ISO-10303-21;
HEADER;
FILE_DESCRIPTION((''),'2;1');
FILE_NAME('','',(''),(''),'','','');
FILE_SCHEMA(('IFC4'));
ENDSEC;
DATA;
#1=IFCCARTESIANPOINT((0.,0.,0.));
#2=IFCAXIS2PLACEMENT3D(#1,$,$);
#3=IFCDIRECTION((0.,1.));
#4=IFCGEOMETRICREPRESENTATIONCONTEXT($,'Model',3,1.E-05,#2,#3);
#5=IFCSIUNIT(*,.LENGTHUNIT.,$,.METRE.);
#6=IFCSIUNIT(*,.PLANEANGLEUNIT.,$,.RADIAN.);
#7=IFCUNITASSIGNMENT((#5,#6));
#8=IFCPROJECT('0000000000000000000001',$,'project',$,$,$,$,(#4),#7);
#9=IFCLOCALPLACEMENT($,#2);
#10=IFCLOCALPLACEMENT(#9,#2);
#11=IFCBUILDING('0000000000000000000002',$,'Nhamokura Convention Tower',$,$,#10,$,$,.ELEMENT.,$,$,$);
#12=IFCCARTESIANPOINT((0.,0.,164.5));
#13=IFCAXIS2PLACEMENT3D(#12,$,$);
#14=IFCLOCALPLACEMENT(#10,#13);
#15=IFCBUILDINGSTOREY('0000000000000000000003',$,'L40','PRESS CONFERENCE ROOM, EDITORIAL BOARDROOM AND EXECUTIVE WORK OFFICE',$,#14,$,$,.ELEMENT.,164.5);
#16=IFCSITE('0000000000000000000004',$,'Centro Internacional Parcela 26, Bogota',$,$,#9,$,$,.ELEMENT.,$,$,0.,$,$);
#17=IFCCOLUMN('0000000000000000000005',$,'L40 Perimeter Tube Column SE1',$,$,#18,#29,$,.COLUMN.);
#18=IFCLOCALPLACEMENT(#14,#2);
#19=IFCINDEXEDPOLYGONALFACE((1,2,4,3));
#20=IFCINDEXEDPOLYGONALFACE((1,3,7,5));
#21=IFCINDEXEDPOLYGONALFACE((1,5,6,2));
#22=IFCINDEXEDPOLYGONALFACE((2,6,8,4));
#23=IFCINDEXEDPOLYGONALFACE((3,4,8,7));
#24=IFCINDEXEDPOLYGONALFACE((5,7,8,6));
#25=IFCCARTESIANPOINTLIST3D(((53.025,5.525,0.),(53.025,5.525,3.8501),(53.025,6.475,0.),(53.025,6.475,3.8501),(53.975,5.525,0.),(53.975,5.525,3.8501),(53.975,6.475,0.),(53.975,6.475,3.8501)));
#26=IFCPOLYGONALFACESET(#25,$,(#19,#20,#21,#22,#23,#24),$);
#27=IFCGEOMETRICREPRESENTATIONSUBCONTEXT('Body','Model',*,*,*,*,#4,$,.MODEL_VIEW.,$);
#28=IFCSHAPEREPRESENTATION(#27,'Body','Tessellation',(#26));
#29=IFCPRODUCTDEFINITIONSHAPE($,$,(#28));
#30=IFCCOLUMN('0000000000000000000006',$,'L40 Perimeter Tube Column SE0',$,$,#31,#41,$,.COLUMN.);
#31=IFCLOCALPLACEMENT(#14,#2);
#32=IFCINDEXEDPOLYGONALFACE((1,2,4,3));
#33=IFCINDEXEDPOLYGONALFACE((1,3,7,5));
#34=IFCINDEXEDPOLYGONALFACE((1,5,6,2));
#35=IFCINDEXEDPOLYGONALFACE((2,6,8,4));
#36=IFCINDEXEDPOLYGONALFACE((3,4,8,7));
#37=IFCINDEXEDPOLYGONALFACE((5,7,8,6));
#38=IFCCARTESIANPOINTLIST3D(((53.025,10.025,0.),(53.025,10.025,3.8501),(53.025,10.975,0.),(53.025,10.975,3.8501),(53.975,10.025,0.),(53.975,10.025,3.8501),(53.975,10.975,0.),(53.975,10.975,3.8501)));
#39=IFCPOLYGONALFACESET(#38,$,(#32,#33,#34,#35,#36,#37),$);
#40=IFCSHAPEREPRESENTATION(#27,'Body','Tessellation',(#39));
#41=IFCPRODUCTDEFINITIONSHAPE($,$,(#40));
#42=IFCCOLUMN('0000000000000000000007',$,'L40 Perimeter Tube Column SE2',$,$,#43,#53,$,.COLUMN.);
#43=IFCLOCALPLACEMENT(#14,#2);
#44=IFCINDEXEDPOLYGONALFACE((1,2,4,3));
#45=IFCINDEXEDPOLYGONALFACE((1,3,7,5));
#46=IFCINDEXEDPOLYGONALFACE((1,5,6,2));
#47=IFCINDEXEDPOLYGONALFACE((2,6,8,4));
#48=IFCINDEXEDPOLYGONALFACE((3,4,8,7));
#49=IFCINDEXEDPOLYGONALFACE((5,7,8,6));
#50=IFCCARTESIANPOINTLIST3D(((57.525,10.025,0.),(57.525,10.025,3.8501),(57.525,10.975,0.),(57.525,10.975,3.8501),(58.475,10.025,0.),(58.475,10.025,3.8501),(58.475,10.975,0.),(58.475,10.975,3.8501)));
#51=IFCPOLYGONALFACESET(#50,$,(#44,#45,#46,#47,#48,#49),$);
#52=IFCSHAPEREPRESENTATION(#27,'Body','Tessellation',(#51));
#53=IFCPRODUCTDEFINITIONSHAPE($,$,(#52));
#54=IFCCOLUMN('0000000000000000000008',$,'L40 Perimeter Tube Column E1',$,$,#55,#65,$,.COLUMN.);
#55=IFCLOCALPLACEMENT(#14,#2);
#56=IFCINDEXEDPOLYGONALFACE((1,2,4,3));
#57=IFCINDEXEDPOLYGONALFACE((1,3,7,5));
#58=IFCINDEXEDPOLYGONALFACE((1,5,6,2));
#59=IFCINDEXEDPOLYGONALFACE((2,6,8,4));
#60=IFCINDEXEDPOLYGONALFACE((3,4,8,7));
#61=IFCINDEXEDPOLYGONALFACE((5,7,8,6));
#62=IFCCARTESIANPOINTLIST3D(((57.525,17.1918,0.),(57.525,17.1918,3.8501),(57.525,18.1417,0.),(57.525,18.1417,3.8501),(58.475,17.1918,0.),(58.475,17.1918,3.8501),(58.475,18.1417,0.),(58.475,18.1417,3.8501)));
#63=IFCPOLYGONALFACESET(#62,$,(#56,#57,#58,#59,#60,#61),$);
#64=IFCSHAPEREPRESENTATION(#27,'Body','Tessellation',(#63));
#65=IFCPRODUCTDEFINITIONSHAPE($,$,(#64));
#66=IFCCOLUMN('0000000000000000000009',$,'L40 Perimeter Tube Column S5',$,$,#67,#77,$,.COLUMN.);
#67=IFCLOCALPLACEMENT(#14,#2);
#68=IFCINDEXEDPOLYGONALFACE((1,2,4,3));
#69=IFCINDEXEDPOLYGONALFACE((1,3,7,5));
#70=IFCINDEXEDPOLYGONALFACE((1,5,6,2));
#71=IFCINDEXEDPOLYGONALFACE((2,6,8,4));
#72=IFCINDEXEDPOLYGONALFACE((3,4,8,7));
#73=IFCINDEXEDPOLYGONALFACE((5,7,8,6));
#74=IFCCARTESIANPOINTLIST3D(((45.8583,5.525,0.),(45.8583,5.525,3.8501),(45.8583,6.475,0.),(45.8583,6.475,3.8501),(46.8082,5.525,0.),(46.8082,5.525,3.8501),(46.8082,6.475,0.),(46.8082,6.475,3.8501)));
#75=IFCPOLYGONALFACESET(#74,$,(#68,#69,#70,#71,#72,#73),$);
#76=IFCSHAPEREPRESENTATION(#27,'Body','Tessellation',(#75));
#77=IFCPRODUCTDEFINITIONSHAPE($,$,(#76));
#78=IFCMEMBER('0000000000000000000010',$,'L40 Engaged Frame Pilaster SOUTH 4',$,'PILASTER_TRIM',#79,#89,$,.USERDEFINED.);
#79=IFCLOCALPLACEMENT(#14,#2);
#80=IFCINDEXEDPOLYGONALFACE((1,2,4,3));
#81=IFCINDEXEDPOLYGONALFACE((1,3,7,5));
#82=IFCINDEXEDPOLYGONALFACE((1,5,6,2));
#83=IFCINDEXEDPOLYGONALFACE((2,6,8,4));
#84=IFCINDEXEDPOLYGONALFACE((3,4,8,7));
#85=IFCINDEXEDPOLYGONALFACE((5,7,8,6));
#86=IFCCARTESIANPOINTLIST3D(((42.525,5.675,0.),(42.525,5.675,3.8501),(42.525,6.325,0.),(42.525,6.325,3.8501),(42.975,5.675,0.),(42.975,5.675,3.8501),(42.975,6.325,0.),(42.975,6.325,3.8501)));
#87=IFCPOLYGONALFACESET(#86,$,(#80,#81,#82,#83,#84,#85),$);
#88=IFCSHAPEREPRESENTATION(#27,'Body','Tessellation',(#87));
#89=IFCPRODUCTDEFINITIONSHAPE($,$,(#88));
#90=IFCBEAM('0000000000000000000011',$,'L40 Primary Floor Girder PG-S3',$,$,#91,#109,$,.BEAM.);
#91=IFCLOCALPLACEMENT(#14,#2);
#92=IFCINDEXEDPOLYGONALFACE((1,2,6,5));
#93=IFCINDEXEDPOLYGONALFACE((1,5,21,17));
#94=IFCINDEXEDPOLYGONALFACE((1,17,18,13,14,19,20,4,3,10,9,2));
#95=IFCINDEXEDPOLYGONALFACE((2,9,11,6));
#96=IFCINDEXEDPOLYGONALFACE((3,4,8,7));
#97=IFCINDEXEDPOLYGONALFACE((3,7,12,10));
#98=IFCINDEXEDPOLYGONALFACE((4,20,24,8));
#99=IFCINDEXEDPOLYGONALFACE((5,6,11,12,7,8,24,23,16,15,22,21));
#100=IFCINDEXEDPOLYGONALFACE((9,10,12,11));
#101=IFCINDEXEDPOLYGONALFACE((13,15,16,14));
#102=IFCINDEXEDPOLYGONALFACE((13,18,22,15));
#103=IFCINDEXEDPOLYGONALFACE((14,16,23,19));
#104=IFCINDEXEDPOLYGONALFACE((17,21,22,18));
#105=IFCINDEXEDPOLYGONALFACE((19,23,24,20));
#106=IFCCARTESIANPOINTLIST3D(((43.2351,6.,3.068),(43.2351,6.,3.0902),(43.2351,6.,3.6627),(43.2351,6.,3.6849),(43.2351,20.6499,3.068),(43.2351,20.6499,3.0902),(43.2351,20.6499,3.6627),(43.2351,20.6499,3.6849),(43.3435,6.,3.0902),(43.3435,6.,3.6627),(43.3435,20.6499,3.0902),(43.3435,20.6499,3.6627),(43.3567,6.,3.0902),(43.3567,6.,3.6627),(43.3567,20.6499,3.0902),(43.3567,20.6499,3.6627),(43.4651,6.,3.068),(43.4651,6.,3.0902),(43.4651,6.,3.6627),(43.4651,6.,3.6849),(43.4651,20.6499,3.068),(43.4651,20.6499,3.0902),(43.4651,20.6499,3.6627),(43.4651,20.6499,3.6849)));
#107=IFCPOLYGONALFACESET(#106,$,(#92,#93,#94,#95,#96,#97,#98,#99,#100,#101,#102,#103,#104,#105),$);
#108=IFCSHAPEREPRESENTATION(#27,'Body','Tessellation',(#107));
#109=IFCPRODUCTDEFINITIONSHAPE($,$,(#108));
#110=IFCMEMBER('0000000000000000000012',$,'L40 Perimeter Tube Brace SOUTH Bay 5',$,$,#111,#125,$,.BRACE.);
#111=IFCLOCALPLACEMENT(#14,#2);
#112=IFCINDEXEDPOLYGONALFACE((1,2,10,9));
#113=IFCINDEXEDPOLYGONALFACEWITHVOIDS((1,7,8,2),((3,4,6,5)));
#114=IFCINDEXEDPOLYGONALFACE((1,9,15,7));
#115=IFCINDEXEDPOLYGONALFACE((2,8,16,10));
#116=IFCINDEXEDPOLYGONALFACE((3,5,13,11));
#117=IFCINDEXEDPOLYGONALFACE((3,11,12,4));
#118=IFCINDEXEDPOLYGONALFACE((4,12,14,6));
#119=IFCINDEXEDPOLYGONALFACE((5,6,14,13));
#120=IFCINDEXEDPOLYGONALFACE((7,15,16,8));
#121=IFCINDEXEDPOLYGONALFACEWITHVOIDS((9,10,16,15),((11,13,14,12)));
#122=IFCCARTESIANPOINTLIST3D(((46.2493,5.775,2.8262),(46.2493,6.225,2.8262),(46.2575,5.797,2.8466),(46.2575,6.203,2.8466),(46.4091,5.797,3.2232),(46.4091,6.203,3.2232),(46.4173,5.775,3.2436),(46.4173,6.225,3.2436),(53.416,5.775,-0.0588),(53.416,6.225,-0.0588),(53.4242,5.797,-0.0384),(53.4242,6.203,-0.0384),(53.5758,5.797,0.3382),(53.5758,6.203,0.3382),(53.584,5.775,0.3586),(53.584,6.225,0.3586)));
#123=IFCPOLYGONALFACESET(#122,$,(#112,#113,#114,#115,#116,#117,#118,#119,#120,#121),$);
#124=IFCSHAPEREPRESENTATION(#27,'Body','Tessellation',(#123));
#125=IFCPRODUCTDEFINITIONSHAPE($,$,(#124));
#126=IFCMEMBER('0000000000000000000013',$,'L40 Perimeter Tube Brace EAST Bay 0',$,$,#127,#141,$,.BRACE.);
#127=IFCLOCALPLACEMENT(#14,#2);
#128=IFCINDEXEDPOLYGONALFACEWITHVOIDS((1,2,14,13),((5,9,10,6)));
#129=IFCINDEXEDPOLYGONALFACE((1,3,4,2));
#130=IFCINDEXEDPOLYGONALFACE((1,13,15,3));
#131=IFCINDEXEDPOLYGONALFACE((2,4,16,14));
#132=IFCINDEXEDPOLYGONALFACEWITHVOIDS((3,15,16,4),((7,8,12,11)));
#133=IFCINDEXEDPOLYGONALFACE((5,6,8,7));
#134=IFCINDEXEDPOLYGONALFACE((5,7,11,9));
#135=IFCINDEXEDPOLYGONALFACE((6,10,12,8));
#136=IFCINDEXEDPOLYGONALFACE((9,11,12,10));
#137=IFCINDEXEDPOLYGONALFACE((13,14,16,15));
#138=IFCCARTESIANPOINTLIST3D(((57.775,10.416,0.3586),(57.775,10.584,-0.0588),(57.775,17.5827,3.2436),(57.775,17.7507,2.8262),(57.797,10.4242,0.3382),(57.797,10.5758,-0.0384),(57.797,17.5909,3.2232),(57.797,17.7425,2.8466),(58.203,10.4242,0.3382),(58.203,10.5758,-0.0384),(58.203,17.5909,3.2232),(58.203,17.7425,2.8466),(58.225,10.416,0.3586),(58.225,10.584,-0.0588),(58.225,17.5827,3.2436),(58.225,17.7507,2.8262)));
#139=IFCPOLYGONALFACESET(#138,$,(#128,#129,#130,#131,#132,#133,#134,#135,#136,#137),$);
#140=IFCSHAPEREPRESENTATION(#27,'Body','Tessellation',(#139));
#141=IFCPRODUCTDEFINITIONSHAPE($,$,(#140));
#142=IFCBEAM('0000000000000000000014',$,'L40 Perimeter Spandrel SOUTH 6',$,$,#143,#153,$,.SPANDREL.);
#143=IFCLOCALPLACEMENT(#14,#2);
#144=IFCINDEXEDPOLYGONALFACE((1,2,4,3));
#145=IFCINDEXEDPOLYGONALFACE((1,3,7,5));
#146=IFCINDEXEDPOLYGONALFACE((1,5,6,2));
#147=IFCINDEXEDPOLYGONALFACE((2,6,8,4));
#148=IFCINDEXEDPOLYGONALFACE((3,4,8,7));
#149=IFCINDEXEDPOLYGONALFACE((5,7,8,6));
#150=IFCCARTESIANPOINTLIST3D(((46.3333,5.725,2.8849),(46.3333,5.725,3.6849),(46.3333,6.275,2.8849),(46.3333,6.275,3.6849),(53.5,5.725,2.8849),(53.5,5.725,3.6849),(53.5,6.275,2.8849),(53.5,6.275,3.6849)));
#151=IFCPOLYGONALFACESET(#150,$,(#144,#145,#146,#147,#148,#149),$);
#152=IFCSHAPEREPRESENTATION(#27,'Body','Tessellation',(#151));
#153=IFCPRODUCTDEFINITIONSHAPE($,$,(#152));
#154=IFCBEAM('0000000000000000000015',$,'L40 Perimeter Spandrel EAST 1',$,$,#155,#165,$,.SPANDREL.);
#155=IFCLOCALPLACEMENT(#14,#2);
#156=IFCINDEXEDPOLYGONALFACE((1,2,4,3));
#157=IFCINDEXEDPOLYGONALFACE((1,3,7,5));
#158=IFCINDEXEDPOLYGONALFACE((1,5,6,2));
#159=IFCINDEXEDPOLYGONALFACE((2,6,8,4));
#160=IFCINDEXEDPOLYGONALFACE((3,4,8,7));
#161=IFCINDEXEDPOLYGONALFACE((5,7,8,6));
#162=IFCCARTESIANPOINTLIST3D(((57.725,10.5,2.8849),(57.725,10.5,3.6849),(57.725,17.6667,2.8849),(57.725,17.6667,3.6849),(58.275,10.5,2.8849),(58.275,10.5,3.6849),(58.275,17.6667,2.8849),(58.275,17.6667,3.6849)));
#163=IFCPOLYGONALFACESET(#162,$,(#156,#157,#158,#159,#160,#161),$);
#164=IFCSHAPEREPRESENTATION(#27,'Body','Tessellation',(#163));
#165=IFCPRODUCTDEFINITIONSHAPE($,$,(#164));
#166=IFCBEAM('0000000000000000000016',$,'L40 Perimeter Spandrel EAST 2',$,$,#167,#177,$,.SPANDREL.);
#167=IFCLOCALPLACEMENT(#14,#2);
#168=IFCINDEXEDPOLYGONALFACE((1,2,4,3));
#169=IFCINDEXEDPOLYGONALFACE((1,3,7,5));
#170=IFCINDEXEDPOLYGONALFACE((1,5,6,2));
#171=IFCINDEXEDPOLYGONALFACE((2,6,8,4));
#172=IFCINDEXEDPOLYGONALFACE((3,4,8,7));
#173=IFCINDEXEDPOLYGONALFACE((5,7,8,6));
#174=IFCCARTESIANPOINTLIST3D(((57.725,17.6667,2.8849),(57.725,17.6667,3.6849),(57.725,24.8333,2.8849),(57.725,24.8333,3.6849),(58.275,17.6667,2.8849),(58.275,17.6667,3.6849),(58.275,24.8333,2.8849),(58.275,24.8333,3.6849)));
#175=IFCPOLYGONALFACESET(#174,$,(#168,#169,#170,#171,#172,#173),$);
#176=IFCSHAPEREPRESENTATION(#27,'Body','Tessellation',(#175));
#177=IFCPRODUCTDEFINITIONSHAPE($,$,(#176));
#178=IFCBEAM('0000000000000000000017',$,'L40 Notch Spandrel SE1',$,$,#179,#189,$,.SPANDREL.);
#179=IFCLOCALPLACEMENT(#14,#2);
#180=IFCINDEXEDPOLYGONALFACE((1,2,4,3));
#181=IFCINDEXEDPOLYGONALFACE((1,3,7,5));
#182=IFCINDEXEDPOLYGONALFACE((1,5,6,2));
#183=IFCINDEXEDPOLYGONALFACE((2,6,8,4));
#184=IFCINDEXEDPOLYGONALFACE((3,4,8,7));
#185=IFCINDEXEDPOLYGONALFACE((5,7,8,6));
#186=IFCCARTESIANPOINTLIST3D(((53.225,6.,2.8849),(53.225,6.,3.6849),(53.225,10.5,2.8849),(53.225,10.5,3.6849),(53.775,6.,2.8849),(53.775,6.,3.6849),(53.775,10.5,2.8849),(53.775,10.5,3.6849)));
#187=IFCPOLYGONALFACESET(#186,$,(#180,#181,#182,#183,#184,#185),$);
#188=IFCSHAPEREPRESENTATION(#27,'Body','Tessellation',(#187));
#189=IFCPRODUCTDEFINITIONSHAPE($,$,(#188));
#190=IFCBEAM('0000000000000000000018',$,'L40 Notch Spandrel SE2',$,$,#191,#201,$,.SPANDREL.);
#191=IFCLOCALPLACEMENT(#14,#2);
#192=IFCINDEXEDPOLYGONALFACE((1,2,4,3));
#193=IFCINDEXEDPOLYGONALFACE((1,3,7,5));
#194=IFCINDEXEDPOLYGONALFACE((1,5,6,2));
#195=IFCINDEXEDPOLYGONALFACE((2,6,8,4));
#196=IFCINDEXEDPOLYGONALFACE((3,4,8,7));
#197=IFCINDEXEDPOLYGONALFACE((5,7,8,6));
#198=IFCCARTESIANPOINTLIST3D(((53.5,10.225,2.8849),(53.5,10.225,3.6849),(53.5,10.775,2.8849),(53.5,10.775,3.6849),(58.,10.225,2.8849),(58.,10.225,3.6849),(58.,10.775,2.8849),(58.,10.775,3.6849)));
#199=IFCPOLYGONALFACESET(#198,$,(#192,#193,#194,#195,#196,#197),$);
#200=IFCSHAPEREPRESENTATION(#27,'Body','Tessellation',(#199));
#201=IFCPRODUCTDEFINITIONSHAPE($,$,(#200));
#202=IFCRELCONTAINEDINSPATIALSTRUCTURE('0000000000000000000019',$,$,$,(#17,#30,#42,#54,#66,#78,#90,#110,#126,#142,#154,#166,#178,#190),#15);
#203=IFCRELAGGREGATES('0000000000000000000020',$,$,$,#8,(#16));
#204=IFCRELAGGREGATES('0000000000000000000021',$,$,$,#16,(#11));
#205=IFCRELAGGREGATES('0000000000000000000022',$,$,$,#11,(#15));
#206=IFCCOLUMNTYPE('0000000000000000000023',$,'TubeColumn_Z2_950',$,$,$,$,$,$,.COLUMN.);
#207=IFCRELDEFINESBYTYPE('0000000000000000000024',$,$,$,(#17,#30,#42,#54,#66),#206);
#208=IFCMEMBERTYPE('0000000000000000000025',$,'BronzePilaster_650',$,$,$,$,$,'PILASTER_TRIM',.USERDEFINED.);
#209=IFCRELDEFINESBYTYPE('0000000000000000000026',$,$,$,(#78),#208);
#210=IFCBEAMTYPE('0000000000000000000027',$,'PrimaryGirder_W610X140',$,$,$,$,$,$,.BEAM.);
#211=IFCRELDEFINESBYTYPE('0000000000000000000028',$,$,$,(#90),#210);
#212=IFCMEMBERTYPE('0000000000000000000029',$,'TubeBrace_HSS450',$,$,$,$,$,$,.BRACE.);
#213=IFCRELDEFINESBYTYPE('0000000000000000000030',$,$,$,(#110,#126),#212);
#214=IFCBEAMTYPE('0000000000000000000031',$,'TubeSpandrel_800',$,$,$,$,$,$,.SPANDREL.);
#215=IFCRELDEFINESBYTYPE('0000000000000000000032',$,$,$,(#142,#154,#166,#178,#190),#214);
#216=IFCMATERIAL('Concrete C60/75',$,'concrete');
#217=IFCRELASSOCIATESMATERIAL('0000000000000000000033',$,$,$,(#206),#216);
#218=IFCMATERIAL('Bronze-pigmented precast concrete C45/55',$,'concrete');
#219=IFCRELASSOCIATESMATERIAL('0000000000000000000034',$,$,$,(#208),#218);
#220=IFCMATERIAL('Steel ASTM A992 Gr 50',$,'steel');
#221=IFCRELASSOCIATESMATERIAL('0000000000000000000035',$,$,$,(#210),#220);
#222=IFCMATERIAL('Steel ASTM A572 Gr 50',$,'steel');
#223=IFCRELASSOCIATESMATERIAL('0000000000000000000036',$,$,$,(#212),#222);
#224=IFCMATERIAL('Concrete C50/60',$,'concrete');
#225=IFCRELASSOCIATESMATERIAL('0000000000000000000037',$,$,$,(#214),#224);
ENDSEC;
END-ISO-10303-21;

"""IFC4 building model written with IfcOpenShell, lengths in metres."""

from ifc_helpers import new_model, si_unit, direction, frame, origin, origin_2d, place, context, subcontext, project, spatial, rectangle, hollow_rectangle, i_section, extrude, material, material_profile, profile_set, type_object, element, save


model = new_model("IFC4")

# Units and contexts
model_context = context("Model", 3, precision=1e-05, world=origin(), true_north=direction((0.0, 1.0)))
body_context = subcontext(model_context, "Body", "Model", "MODEL_VIEW")
ifc_project = project(units=[si_unit("LENGTHUNIT", "METRE"), si_unit("PLANEANGLEUNIT", "RADIAN")], contexts=[model_context])

# Site, building, storey
site_placement = place(None, origin())
site = spatial("IfcSite", under=ifc_project, at=site_placement, Name="Centro Internacional Parcela 26, Bogota", CompositionType="ELEMENT", RefElevation=0.0)
building_placement = place(site_placement, origin())
building = spatial("IfcBuilding", under=site, at=building_placement, Name="Nhamokura Convention Tower", CompositionType="ELEMENT")
storey_placement = place(building_placement, frame((0.0, 0.0, 164.5)))
storey = spatial("IfcBuildingStorey", under=building, at=storey_placement, Name="L40", Description="PRESS CONFERENCE ROOM, EDITORIAL BOARDROOM AND EXECUTIVE WORK OFFICE", CompositionType="ELEMENT", Elevation=164.5)

# Columns
ifc_material_1 = material(Name="Concrete C60/75", Category="concrete")
ifc_material_profile_1 = material_profile(ifc_material_1, rectangle(XDim=0.95, YDim=0.95, at=origin_2d()))
ifc_profile_set_1 = profile_set([ifc_material_profile_1], Name="Concrete C60/75")
column_type = type_object("IfcColumnType", Name="TubeColumn_Z2_950", PredefinedType="COLUMN", material=ifc_profile_set_1)
for number, where, z_axis, x_axis, name in (
    (1, (53.5, 6.0, 0.0), (0.0, 0.0, 1.0), (1.0, 0.0, 0.0), "L40 Perimeter Tube Column SE1"),
    (2, (53.5, 10.5, 0.0), (0.0, 0.0, 1.0), (1.0, 0.0, 0.0), "L40 Perimeter Tube Column SE0"),
    (3, (58.0, 10.5, 0.0), (0.0, 0.0, 1.0), (1.0, 0.0, 0.0), "L40 Perimeter Tube Column SE2"),
    (4, (58.0, 17.6667, 0.0), (0.0, 0.0, 1.0), (1.0, 0.0, 0.0), "L40 Perimeter Tube Column E1"),
    (5, (46.3333, 6.0, 0.0), (0.0, 0.0, 1.0), (1.0, 0.0, 0.0), "L40 Perimeter Tube Column S5"),
):
    element("IfcColumn", number, at=place(storey_placement, frame(where, z_axis=z_axis, x_axis=x_axis)), inside=storey, type_object=column_type, Name=name, PredefinedType="COLUMN", context=body_context, shape_type="SweptSolid", body=[
        extrude(rectangle(XDim=0.95, YDim=0.95, at=origin_2d()), origin(), (0.0, 0.0, 1.0), 3.8501),
    ])

# Member
ifc_material_2 = material(Name="Bronze-pigmented precast concrete C45/55", Category="concrete")
ifc_material_profile_2 = material_profile(ifc_material_2, rectangle(XDim=0.45, YDim=0.6499, at=origin_2d()))
ifc_profile_set_2 = profile_set([ifc_material_profile_2], Name="Bronze-pigmented precast concrete C45/55")
member_type_1 = type_object("IfcMemberType", Name="BronzePilaster_650", ElementType="PILASTER_TRIM", PredefinedType="USERDEFINED", material=ifc_profile_set_2)
member_placement = place(storey_placement, frame((42.75, 6.0, 0.0), z_axis=(0.0, 0.0, 1.0), x_axis=(1.0, 0.0, 0.0)))
element("IfcMember", 6, at=member_placement, inside=storey, type_object=member_type_1, Name="L40 Engaged Frame Pilaster SOUTH 4", ObjectType="PILASTER_TRIM", PredefinedType="USERDEFINED", context=body_context, shape_type="SweptSolid", body=[
    extrude(rectangle(XDim=0.45, YDim=0.6499, at=origin_2d()), origin(), (0.0, 0.0, 1.0), 3.8501),
])

# Beam
ifc_material_3 = material(Name="Steel ASTM A992 Gr 50", Category="steel")
ifc_material_profile_3 = material_profile(ifc_material_3, i_section(OverallWidth=0.23, OverallDepth=0.6169, WebThickness=0.0132, FlangeThickness=0.0222, at=origin_2d()))
ifc_profile_set_3 = profile_set([ifc_material_profile_3], Name="Steel ASTM A992 Gr 50")
beam_type_1 = type_object("IfcBeamType", Name="PrimaryGirder_W610X140", PredefinedType="BEAM", material=ifc_profile_set_3)
beam_1_placement = place(storey_placement, frame((43.3501, 6.0, 3.3765), z_axis=(0.0, 1.0, 0.0), x_axis=(-1.0, 0.0, 0.0)))
element("IfcBeam", 7, at=beam_1_placement, inside=storey, type_object=beam_type_1, Name="L40 Primary Floor Girder PG-S3", PredefinedType="BEAM", context=body_context, shape_type="SweptSolid", body=[
    extrude(i_section(OverallWidth=0.23, OverallDepth=0.6169, WebThickness=0.0132, FlangeThickness=0.0222, at=origin_2d()), origin(), (0.0, 0.0, 1.0), 14.6499),
])

# Members
ifc_material_4 = material(Name="Steel ASTM A572 Gr 50", Category="steel")
ifc_material_profile_4 = material_profile(ifc_material_4, hollow_rectangle(XDim=0.45, YDim=0.45, WallThickness=0.022, at=origin_2d()))
ifc_profile_set_4 = profile_set([ifc_material_profile_4], Name="Steel ASTM A572 Gr 50")
member_type_2 = type_object("IfcMemberType", Name="TubeBrace_HSS450", PredefinedType="BRACE", material=ifc_profile_set_4)
for number, where, z_axis, x_axis, name in (
    (8, (53.5, 6.0, 0.1499), (-0.927657, 0.0, 0.373433), (0.0, -1.0, 0.0), "L40 Perimeter Tube Brace SOUTH Bay 5"),
    (9, (58.0, 10.5, 0.1499), (0.0, 0.927657, 0.373433), (-1.0, 0.0, 0.0), "L40 Perimeter Tube Brace EAST Bay 0"),
):
    element("IfcMember", number, at=place(storey_placement, frame(where, z_axis=z_axis, x_axis=x_axis)), inside=storey, type_object=member_type_2, Name=name, PredefinedType="BRACE", context=body_context, shape_type="SweptSolid", body=[
        extrude(hollow_rectangle(XDim=0.45, YDim=0.45, WallThickness=0.022, at=origin_2d()), origin(), (0.0, 0.0, 1.0), 7.7256),
    ])

# Beams
ifc_material_5 = material(Name="Concrete C50/60", Category="concrete")
ifc_material_profile_5 = material_profile(ifc_material_5, rectangle(XDim=0.55, YDim=0.8, at=origin_2d()))
ifc_profile_set_5 = profile_set([ifc_material_profile_5], Name="Concrete C50/60")
beam_type_2 = type_object("IfcBeamType", Name="TubeSpandrel_800", PredefinedType="SPANDREL", material=ifc_profile_set_5)
for number, where, z_axis, x_axis, name in (
    (10, (46.3333, 6.0, 3.2849), (1.0, 0.0, 0.0), (0.0, 1.0, 0.0), "L40 Perimeter Spandrel SOUTH 6"),
    (11, (58.0, 10.5, 3.2849), (0.0, 1.0, 0.0), (-1.0, 0.0, 0.0), "L40 Perimeter Spandrel EAST 1"),
):
    element("IfcBeam", number, at=place(storey_placement, frame(where, z_axis=z_axis, x_axis=x_axis)), inside=storey, type_object=beam_type_2, Name=name, PredefinedType="SPANDREL", context=body_context, shape_type="SweptSolid", body=[
        extrude(rectangle(XDim=0.55, YDim=0.8, at=origin_2d()), origin(), (0.0, 0.0, 1.0), 7.1667),
    ])
beam_2_placement = place(storey_placement, frame((58.0, 17.6667, 3.2849), z_axis=(0.0, 1.0, 0.0), x_axis=(-1.0, 0.0, 0.0)))
element("IfcBeam", 12, at=beam_2_placement, inside=storey, type_object=beam_type_2, Name="L40 Perimeter Spandrel EAST 2", PredefinedType="SPANDREL", context=body_context, shape_type="SweptSolid", body=[
    extrude(rectangle(XDim=0.55, YDim=0.8, at=origin_2d()), origin(), (0.0, 0.0, 1.0), 7.1665),
])
for number, where, z_axis, x_axis, name in (
    (13, (53.5, 6.0, 3.2849), (0.0, 1.0, 0.0), (-1.0, 0.0, 0.0), "L40 Notch Spandrel SE1"),
    (14, (53.5, 10.5, 3.2849), (1.0, 0.0, 0.0), (0.0, 1.0, 0.0), "L40 Notch Spandrel SE2"),
):
    element("IfcBeam", number, at=place(storey_placement, frame(where, z_axis=z_axis, x_axis=x_axis)), inside=storey, type_object=beam_type_2, Name=name, PredefinedType="SPANDREL", context=body_context, shape_type="SweptSolid", body=[
        extrude(rectangle(XDim=0.55, YDim=0.8, at=origin_2d()), origin(), (0.0, 0.0, 1.0), 4.5),
    ])

save(model, "model.ifc")
